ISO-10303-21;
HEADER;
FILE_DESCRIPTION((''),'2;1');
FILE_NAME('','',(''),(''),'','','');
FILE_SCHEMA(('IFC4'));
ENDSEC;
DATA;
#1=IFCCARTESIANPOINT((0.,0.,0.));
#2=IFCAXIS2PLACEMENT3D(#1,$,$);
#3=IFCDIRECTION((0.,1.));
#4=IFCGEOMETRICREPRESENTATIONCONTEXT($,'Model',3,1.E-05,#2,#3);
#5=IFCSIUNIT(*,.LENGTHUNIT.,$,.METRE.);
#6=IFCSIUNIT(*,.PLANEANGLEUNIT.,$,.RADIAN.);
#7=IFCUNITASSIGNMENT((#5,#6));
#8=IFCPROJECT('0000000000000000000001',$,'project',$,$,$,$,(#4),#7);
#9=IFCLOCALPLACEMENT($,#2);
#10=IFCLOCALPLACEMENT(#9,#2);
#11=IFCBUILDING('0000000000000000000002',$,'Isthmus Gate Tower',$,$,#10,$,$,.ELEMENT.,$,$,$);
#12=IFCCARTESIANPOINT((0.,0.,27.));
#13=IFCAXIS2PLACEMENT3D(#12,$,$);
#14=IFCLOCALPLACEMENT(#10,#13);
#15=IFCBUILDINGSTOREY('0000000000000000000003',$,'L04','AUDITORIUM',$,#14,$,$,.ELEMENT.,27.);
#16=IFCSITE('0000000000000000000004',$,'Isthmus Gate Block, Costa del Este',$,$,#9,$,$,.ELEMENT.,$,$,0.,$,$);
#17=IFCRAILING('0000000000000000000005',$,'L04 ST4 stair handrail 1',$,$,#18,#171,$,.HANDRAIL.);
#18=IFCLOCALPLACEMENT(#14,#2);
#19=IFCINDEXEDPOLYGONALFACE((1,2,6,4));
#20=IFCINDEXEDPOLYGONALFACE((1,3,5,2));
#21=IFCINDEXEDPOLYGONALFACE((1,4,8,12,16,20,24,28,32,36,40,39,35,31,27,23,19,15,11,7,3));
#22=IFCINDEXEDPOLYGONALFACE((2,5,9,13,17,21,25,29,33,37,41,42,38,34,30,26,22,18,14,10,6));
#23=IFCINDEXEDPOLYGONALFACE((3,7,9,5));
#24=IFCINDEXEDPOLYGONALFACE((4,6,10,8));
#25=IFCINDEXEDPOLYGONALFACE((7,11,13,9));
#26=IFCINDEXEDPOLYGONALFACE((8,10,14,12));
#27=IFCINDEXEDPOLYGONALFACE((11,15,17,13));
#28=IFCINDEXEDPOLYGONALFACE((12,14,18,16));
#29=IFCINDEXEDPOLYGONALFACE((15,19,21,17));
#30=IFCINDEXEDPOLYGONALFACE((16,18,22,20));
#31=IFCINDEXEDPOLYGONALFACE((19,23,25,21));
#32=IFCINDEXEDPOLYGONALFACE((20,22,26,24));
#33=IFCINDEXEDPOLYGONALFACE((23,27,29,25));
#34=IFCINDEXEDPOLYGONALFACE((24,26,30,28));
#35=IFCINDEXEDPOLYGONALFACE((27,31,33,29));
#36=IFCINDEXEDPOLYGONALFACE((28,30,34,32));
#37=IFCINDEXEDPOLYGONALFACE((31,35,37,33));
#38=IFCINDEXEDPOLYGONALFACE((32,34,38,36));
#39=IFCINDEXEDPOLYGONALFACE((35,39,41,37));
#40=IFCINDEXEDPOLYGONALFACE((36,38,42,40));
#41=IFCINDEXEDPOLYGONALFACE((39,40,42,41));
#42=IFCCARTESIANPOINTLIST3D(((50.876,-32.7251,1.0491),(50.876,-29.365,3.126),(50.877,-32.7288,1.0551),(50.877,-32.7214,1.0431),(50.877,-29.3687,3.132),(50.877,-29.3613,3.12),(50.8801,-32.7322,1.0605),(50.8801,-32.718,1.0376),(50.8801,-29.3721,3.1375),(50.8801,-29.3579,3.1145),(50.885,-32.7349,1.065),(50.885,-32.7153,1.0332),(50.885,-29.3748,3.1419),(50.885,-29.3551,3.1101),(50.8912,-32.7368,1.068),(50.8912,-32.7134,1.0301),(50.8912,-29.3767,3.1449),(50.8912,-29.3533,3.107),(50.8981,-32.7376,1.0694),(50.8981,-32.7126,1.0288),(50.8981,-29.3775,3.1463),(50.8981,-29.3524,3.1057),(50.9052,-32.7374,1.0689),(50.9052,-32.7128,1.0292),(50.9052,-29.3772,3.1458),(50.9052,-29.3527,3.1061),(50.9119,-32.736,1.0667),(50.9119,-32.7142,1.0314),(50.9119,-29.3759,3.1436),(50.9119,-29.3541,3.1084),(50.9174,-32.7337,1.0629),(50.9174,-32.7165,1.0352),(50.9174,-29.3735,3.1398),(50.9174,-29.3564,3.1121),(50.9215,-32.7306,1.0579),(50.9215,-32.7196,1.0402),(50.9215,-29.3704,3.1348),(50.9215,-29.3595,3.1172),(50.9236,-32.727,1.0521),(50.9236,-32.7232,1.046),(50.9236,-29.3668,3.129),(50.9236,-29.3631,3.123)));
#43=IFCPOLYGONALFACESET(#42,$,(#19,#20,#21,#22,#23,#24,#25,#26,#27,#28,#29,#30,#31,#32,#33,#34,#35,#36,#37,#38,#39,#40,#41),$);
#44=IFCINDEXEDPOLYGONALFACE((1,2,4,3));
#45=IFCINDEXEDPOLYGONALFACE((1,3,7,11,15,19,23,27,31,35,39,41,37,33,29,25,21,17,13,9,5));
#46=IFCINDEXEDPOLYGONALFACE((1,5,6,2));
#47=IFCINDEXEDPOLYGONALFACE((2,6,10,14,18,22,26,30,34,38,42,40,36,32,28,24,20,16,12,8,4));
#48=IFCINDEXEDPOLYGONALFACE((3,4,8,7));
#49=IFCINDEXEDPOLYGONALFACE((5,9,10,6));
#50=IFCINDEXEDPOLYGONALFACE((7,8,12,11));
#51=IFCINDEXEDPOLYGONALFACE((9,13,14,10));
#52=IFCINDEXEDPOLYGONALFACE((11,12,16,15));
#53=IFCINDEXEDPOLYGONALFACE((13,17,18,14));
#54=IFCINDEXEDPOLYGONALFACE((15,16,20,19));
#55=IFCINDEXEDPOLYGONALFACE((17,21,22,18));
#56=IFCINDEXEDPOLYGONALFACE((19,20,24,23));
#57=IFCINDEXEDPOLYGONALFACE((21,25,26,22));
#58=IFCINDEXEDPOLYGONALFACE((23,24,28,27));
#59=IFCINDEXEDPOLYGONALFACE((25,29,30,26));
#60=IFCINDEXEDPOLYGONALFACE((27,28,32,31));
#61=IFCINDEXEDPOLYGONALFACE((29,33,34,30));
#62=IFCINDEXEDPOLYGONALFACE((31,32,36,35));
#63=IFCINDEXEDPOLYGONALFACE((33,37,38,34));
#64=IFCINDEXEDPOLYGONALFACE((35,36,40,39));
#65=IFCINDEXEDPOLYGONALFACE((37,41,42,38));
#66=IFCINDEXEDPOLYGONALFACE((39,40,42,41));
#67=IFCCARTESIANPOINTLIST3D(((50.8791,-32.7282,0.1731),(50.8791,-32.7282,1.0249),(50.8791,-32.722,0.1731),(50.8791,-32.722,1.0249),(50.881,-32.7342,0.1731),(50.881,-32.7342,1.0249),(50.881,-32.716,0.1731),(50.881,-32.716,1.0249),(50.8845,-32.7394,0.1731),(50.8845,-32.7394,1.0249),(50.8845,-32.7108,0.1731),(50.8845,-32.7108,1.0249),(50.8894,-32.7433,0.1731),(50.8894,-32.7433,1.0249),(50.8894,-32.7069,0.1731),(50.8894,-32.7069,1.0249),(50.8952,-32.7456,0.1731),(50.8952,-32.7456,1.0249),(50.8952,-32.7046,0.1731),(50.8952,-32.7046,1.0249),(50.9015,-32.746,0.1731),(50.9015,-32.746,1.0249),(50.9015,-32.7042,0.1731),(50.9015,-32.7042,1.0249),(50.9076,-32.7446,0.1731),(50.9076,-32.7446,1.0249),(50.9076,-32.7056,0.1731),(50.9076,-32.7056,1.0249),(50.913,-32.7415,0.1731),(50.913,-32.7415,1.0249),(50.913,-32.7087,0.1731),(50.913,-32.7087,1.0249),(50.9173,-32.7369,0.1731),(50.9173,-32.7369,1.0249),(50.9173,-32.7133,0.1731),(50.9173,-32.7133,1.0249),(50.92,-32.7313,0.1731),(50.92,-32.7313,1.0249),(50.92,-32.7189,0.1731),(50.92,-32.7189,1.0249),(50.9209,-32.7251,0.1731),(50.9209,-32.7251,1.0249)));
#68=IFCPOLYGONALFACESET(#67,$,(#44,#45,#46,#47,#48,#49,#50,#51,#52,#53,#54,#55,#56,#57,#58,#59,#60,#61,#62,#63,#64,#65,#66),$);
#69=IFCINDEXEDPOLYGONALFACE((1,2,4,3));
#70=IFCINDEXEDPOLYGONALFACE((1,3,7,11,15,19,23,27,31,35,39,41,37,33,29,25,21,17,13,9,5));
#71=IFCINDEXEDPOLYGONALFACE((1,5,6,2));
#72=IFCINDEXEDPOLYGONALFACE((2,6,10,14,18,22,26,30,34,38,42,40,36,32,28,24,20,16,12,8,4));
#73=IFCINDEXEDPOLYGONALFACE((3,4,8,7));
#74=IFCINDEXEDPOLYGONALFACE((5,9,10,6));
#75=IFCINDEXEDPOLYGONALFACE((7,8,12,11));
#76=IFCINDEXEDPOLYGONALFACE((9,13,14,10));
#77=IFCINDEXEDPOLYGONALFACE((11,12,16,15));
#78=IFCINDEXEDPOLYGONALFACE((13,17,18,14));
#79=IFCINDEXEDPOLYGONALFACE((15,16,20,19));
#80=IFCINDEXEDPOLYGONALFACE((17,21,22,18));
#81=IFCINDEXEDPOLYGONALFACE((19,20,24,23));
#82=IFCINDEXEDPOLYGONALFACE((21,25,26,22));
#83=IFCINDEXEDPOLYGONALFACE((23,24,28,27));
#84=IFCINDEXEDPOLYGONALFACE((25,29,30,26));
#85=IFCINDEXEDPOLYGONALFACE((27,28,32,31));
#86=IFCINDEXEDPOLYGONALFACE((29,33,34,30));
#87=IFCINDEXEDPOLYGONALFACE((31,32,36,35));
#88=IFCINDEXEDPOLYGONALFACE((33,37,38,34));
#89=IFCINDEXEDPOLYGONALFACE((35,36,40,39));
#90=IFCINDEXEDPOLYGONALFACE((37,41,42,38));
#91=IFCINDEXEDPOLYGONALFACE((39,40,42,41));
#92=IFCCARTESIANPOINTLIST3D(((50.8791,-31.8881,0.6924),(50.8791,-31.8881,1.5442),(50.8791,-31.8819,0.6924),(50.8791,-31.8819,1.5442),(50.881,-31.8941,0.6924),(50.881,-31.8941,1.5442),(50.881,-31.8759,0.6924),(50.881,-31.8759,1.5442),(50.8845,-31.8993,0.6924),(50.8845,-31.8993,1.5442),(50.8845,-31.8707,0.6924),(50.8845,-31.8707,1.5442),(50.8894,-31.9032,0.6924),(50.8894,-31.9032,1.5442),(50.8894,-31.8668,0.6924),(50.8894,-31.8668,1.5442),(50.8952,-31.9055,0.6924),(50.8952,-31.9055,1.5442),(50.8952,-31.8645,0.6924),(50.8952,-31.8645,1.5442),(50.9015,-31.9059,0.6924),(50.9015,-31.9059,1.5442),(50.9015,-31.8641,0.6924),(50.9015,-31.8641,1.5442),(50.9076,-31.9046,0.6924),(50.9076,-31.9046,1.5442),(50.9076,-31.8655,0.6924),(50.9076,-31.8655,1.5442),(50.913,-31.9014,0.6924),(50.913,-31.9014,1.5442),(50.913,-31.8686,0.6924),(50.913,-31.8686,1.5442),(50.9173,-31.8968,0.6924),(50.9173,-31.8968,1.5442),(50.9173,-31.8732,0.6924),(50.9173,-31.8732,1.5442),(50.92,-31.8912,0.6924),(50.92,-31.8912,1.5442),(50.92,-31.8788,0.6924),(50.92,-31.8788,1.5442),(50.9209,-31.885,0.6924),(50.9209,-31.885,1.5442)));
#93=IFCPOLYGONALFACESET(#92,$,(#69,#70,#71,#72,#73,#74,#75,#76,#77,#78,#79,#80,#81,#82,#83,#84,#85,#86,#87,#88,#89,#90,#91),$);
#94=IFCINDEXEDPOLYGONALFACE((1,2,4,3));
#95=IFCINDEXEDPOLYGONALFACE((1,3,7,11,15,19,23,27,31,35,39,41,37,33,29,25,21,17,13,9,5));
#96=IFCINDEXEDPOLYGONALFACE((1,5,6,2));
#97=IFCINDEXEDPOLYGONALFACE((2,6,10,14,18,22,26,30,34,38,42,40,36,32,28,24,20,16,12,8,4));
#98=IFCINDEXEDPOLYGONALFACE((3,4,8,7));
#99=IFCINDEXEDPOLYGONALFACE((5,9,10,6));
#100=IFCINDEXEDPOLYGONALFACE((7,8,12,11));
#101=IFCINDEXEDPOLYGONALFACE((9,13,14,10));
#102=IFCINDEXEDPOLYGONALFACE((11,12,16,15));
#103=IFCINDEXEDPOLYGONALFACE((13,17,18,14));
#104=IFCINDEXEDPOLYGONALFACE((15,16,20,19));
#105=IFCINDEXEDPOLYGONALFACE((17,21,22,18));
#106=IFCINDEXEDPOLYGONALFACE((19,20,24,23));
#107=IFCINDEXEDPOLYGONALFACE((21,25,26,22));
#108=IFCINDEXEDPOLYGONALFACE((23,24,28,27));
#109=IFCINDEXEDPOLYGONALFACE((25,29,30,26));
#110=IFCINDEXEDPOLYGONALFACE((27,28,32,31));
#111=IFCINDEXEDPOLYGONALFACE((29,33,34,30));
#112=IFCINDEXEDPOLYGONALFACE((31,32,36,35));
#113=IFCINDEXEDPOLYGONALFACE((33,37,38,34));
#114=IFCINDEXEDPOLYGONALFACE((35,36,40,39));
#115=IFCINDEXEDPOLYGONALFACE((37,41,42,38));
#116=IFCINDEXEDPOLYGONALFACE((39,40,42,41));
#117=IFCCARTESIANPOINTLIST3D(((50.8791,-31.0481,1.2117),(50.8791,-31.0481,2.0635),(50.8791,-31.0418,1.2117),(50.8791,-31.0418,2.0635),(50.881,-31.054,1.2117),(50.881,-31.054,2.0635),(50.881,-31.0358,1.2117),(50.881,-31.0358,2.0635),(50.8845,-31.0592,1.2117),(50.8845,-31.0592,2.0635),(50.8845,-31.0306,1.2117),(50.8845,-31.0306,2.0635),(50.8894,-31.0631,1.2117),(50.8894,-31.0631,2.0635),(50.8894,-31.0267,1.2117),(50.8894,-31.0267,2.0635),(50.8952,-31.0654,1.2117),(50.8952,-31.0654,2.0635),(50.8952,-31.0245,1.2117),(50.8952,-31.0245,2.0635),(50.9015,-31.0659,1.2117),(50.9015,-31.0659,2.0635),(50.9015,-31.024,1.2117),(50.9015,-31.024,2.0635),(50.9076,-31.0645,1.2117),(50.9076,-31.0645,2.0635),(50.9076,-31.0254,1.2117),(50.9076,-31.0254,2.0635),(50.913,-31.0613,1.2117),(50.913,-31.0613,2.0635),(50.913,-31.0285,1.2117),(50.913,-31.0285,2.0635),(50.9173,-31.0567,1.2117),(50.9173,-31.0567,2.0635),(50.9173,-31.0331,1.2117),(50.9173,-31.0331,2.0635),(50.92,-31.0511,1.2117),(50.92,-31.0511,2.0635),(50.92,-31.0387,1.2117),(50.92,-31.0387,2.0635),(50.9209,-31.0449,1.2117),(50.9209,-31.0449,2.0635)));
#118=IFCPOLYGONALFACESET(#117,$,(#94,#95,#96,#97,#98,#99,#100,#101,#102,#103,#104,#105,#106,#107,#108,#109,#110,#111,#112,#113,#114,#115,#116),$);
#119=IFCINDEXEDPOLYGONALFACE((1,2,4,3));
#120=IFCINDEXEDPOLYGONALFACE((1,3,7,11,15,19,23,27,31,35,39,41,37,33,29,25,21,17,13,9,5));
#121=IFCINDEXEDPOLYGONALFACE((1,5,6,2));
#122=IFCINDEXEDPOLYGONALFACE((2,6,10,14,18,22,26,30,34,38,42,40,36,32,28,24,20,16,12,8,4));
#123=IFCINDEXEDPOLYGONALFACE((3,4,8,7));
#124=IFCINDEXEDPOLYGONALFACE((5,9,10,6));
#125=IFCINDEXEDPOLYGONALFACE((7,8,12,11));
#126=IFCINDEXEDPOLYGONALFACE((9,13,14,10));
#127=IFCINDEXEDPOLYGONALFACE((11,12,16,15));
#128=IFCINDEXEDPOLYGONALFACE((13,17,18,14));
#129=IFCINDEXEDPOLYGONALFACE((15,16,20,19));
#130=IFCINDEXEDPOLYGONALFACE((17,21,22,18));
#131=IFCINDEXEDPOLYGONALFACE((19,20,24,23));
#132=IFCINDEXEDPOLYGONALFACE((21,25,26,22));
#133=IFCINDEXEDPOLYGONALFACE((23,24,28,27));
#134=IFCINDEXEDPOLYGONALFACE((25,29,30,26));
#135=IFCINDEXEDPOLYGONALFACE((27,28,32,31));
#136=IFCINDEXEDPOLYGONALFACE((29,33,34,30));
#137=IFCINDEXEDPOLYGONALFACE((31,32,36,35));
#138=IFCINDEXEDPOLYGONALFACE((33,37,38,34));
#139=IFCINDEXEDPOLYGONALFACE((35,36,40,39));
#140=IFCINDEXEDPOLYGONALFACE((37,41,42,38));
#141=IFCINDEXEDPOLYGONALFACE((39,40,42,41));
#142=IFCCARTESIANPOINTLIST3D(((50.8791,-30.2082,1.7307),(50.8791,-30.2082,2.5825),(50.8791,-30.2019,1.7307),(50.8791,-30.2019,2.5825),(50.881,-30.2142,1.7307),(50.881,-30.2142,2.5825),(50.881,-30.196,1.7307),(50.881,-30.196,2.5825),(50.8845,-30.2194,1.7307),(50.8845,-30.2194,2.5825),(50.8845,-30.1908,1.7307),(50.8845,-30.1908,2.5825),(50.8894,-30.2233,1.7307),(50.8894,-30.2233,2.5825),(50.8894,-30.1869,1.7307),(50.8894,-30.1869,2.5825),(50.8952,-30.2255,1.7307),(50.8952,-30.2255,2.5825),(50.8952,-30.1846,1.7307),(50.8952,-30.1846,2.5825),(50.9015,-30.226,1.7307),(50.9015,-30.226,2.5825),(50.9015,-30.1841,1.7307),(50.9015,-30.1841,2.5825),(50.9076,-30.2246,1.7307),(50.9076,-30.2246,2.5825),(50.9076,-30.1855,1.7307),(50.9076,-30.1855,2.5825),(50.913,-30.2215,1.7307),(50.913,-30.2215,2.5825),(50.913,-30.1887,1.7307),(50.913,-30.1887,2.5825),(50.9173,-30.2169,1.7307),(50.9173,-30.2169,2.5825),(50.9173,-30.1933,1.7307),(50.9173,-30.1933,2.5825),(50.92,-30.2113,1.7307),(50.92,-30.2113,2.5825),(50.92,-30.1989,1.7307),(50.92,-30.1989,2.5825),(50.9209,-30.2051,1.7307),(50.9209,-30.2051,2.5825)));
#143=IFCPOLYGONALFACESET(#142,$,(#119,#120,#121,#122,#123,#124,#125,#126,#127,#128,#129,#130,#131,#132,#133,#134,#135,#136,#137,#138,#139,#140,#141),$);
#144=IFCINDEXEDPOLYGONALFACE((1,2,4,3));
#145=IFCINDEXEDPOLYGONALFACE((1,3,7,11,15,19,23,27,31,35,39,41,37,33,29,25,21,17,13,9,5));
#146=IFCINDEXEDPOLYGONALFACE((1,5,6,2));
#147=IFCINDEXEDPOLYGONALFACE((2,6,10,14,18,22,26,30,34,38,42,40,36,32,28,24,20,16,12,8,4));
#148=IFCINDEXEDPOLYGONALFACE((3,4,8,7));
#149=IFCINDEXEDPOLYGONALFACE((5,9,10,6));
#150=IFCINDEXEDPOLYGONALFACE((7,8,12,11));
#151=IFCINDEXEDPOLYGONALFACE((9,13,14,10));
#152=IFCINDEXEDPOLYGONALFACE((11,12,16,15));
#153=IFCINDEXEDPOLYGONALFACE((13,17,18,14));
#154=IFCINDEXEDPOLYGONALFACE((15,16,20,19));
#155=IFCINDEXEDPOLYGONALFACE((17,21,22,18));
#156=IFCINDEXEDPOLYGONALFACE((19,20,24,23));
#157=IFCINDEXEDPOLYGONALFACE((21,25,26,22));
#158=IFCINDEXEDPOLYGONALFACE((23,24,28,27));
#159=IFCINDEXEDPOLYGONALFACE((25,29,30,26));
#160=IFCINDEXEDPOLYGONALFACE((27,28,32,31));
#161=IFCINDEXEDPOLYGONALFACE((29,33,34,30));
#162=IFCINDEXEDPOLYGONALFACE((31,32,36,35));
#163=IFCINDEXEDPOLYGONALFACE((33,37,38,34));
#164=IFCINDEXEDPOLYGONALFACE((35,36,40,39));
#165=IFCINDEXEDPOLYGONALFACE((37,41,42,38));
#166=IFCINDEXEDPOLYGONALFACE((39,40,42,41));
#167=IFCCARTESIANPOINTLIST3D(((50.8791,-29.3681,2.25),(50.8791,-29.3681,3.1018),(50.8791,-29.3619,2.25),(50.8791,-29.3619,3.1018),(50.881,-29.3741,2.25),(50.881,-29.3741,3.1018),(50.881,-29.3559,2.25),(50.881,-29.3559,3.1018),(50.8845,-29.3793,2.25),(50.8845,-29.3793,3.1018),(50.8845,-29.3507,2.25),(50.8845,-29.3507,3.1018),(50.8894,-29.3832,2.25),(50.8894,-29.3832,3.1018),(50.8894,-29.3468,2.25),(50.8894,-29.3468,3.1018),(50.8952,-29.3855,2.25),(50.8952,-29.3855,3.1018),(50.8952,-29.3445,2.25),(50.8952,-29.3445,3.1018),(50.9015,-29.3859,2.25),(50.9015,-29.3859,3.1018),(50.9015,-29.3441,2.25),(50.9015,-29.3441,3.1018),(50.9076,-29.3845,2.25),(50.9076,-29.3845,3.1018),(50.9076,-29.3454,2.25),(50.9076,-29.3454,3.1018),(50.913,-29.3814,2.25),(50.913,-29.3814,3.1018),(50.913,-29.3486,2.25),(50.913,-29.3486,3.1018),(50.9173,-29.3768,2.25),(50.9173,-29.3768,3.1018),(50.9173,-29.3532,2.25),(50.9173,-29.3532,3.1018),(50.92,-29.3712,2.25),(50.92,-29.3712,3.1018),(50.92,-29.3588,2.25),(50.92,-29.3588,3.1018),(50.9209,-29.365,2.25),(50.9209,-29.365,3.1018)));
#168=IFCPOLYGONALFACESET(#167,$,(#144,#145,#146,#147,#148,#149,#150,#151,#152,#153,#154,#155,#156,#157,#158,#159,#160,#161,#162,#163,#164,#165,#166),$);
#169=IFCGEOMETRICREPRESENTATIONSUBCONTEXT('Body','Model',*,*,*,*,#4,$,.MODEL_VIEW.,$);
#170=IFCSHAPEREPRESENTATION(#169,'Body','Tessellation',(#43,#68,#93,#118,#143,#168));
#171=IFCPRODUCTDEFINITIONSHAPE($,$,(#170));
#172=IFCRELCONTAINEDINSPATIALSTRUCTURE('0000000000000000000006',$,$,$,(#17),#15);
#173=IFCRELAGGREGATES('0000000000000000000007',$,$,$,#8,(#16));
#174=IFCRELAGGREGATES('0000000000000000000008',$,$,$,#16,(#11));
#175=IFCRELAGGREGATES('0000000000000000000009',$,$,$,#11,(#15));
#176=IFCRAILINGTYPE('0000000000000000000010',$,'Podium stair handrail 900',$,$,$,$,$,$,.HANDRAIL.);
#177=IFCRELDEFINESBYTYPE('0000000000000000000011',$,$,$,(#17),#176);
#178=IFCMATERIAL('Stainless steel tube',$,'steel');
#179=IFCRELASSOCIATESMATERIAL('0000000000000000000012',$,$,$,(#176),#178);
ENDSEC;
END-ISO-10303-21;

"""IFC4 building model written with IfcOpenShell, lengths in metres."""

from ifc_helpers import new_model, si_unit, direction, frame, origin, origin_2d, place, context, subcontext, project, spatial, circle, extrude, material, type_object, element, save


model = new_model("IFC4")

# Units and contexts
model_context = context("Model", 3, precision=1e-05, world=origin(), true_north=direction((0.0, 1.0)))
body_context = subcontext(model_context, "Body", "Model", "MODEL_VIEW")
ifc_project = project(units=[si_unit("LENGTHUNIT", "METRE"), si_unit("PLANEANGLEUNIT", "RADIAN")], contexts=[model_context])

# Site, building, storey
site_placement = place(None, origin())
site = spatial("IfcSite", under=ifc_project, at=site_placement, Name="Isthmus Gate Block, Costa del Este", CompositionType="ELEMENT", RefElevation=0.0)
building_placement = place(site_placement, origin())
building = spatial("IfcBuilding", under=site, at=building_placement, Name="Isthmus Gate Tower", CompositionType="ELEMENT")
storey_placement = place(building_placement, frame((0.0, 0.0, 27.0)))
storey = spatial("IfcBuildingStorey", under=building, at=storey_placement, Name="L04", Description="AUDITORIUM", CompositionType="ELEMENT", Elevation=27.0)

# Railing
ifc_material_1 = material(Name="Stainless steel tube", Category="steel")
railing_type_1 = type_object("IfcRailingType", Name="Podium stair handrail 900", PredefinedType="HANDRAIL", material=ifc_material_1)
railing_1_placement = place(storey_placement, frame((50.8999, -32.7251, 0.1731)))
element("IfcRailing", 1, at=railing_1_placement, inside=storey, type_object=railing_type_1, Name="L04 ST4 stair handrail 1", PredefinedType="HANDRAIL", context=body_context, shape_type="SweptSolid", body=[
    extrude(circle(Radius=0.0239, at=origin_2d()), frame((0.0, 0.0, 0.876), z_axis=(0.0, 0.850623, 0.525776), x_axis=(-1.0, 0.0, 0.0)), (0.0, 0.0, 1.0), 3.9502),
    extrude(circle(Radius=0.021, at=origin_2d()), origin(), (0.0, 0.0, 1.0), 0.8518),
    extrude(circle(Radius=0.021, at=origin_2d()), frame((0.0, 0.8401, 0.5193)), (0.0, 0.0, 1.0), 0.8518),
    extrude(circle(Radius=0.021, at=origin_2d()), frame((0.0, 1.6802, 1.0386)), (0.0, 0.0, 1.0), 0.8518),
    extrude(circle(Radius=0.021, at=origin_2d()), frame((0.0, 2.52, 1.5576)), (0.0, 0.0, 1.0), 0.8518),
    extrude(circle(Radius=0.021, at=origin_2d()), frame((0.0, 3.3601, 2.0769)), (0.0, 0.0, 1.0), 0.8518),
])

save(model, "model.ifc")
